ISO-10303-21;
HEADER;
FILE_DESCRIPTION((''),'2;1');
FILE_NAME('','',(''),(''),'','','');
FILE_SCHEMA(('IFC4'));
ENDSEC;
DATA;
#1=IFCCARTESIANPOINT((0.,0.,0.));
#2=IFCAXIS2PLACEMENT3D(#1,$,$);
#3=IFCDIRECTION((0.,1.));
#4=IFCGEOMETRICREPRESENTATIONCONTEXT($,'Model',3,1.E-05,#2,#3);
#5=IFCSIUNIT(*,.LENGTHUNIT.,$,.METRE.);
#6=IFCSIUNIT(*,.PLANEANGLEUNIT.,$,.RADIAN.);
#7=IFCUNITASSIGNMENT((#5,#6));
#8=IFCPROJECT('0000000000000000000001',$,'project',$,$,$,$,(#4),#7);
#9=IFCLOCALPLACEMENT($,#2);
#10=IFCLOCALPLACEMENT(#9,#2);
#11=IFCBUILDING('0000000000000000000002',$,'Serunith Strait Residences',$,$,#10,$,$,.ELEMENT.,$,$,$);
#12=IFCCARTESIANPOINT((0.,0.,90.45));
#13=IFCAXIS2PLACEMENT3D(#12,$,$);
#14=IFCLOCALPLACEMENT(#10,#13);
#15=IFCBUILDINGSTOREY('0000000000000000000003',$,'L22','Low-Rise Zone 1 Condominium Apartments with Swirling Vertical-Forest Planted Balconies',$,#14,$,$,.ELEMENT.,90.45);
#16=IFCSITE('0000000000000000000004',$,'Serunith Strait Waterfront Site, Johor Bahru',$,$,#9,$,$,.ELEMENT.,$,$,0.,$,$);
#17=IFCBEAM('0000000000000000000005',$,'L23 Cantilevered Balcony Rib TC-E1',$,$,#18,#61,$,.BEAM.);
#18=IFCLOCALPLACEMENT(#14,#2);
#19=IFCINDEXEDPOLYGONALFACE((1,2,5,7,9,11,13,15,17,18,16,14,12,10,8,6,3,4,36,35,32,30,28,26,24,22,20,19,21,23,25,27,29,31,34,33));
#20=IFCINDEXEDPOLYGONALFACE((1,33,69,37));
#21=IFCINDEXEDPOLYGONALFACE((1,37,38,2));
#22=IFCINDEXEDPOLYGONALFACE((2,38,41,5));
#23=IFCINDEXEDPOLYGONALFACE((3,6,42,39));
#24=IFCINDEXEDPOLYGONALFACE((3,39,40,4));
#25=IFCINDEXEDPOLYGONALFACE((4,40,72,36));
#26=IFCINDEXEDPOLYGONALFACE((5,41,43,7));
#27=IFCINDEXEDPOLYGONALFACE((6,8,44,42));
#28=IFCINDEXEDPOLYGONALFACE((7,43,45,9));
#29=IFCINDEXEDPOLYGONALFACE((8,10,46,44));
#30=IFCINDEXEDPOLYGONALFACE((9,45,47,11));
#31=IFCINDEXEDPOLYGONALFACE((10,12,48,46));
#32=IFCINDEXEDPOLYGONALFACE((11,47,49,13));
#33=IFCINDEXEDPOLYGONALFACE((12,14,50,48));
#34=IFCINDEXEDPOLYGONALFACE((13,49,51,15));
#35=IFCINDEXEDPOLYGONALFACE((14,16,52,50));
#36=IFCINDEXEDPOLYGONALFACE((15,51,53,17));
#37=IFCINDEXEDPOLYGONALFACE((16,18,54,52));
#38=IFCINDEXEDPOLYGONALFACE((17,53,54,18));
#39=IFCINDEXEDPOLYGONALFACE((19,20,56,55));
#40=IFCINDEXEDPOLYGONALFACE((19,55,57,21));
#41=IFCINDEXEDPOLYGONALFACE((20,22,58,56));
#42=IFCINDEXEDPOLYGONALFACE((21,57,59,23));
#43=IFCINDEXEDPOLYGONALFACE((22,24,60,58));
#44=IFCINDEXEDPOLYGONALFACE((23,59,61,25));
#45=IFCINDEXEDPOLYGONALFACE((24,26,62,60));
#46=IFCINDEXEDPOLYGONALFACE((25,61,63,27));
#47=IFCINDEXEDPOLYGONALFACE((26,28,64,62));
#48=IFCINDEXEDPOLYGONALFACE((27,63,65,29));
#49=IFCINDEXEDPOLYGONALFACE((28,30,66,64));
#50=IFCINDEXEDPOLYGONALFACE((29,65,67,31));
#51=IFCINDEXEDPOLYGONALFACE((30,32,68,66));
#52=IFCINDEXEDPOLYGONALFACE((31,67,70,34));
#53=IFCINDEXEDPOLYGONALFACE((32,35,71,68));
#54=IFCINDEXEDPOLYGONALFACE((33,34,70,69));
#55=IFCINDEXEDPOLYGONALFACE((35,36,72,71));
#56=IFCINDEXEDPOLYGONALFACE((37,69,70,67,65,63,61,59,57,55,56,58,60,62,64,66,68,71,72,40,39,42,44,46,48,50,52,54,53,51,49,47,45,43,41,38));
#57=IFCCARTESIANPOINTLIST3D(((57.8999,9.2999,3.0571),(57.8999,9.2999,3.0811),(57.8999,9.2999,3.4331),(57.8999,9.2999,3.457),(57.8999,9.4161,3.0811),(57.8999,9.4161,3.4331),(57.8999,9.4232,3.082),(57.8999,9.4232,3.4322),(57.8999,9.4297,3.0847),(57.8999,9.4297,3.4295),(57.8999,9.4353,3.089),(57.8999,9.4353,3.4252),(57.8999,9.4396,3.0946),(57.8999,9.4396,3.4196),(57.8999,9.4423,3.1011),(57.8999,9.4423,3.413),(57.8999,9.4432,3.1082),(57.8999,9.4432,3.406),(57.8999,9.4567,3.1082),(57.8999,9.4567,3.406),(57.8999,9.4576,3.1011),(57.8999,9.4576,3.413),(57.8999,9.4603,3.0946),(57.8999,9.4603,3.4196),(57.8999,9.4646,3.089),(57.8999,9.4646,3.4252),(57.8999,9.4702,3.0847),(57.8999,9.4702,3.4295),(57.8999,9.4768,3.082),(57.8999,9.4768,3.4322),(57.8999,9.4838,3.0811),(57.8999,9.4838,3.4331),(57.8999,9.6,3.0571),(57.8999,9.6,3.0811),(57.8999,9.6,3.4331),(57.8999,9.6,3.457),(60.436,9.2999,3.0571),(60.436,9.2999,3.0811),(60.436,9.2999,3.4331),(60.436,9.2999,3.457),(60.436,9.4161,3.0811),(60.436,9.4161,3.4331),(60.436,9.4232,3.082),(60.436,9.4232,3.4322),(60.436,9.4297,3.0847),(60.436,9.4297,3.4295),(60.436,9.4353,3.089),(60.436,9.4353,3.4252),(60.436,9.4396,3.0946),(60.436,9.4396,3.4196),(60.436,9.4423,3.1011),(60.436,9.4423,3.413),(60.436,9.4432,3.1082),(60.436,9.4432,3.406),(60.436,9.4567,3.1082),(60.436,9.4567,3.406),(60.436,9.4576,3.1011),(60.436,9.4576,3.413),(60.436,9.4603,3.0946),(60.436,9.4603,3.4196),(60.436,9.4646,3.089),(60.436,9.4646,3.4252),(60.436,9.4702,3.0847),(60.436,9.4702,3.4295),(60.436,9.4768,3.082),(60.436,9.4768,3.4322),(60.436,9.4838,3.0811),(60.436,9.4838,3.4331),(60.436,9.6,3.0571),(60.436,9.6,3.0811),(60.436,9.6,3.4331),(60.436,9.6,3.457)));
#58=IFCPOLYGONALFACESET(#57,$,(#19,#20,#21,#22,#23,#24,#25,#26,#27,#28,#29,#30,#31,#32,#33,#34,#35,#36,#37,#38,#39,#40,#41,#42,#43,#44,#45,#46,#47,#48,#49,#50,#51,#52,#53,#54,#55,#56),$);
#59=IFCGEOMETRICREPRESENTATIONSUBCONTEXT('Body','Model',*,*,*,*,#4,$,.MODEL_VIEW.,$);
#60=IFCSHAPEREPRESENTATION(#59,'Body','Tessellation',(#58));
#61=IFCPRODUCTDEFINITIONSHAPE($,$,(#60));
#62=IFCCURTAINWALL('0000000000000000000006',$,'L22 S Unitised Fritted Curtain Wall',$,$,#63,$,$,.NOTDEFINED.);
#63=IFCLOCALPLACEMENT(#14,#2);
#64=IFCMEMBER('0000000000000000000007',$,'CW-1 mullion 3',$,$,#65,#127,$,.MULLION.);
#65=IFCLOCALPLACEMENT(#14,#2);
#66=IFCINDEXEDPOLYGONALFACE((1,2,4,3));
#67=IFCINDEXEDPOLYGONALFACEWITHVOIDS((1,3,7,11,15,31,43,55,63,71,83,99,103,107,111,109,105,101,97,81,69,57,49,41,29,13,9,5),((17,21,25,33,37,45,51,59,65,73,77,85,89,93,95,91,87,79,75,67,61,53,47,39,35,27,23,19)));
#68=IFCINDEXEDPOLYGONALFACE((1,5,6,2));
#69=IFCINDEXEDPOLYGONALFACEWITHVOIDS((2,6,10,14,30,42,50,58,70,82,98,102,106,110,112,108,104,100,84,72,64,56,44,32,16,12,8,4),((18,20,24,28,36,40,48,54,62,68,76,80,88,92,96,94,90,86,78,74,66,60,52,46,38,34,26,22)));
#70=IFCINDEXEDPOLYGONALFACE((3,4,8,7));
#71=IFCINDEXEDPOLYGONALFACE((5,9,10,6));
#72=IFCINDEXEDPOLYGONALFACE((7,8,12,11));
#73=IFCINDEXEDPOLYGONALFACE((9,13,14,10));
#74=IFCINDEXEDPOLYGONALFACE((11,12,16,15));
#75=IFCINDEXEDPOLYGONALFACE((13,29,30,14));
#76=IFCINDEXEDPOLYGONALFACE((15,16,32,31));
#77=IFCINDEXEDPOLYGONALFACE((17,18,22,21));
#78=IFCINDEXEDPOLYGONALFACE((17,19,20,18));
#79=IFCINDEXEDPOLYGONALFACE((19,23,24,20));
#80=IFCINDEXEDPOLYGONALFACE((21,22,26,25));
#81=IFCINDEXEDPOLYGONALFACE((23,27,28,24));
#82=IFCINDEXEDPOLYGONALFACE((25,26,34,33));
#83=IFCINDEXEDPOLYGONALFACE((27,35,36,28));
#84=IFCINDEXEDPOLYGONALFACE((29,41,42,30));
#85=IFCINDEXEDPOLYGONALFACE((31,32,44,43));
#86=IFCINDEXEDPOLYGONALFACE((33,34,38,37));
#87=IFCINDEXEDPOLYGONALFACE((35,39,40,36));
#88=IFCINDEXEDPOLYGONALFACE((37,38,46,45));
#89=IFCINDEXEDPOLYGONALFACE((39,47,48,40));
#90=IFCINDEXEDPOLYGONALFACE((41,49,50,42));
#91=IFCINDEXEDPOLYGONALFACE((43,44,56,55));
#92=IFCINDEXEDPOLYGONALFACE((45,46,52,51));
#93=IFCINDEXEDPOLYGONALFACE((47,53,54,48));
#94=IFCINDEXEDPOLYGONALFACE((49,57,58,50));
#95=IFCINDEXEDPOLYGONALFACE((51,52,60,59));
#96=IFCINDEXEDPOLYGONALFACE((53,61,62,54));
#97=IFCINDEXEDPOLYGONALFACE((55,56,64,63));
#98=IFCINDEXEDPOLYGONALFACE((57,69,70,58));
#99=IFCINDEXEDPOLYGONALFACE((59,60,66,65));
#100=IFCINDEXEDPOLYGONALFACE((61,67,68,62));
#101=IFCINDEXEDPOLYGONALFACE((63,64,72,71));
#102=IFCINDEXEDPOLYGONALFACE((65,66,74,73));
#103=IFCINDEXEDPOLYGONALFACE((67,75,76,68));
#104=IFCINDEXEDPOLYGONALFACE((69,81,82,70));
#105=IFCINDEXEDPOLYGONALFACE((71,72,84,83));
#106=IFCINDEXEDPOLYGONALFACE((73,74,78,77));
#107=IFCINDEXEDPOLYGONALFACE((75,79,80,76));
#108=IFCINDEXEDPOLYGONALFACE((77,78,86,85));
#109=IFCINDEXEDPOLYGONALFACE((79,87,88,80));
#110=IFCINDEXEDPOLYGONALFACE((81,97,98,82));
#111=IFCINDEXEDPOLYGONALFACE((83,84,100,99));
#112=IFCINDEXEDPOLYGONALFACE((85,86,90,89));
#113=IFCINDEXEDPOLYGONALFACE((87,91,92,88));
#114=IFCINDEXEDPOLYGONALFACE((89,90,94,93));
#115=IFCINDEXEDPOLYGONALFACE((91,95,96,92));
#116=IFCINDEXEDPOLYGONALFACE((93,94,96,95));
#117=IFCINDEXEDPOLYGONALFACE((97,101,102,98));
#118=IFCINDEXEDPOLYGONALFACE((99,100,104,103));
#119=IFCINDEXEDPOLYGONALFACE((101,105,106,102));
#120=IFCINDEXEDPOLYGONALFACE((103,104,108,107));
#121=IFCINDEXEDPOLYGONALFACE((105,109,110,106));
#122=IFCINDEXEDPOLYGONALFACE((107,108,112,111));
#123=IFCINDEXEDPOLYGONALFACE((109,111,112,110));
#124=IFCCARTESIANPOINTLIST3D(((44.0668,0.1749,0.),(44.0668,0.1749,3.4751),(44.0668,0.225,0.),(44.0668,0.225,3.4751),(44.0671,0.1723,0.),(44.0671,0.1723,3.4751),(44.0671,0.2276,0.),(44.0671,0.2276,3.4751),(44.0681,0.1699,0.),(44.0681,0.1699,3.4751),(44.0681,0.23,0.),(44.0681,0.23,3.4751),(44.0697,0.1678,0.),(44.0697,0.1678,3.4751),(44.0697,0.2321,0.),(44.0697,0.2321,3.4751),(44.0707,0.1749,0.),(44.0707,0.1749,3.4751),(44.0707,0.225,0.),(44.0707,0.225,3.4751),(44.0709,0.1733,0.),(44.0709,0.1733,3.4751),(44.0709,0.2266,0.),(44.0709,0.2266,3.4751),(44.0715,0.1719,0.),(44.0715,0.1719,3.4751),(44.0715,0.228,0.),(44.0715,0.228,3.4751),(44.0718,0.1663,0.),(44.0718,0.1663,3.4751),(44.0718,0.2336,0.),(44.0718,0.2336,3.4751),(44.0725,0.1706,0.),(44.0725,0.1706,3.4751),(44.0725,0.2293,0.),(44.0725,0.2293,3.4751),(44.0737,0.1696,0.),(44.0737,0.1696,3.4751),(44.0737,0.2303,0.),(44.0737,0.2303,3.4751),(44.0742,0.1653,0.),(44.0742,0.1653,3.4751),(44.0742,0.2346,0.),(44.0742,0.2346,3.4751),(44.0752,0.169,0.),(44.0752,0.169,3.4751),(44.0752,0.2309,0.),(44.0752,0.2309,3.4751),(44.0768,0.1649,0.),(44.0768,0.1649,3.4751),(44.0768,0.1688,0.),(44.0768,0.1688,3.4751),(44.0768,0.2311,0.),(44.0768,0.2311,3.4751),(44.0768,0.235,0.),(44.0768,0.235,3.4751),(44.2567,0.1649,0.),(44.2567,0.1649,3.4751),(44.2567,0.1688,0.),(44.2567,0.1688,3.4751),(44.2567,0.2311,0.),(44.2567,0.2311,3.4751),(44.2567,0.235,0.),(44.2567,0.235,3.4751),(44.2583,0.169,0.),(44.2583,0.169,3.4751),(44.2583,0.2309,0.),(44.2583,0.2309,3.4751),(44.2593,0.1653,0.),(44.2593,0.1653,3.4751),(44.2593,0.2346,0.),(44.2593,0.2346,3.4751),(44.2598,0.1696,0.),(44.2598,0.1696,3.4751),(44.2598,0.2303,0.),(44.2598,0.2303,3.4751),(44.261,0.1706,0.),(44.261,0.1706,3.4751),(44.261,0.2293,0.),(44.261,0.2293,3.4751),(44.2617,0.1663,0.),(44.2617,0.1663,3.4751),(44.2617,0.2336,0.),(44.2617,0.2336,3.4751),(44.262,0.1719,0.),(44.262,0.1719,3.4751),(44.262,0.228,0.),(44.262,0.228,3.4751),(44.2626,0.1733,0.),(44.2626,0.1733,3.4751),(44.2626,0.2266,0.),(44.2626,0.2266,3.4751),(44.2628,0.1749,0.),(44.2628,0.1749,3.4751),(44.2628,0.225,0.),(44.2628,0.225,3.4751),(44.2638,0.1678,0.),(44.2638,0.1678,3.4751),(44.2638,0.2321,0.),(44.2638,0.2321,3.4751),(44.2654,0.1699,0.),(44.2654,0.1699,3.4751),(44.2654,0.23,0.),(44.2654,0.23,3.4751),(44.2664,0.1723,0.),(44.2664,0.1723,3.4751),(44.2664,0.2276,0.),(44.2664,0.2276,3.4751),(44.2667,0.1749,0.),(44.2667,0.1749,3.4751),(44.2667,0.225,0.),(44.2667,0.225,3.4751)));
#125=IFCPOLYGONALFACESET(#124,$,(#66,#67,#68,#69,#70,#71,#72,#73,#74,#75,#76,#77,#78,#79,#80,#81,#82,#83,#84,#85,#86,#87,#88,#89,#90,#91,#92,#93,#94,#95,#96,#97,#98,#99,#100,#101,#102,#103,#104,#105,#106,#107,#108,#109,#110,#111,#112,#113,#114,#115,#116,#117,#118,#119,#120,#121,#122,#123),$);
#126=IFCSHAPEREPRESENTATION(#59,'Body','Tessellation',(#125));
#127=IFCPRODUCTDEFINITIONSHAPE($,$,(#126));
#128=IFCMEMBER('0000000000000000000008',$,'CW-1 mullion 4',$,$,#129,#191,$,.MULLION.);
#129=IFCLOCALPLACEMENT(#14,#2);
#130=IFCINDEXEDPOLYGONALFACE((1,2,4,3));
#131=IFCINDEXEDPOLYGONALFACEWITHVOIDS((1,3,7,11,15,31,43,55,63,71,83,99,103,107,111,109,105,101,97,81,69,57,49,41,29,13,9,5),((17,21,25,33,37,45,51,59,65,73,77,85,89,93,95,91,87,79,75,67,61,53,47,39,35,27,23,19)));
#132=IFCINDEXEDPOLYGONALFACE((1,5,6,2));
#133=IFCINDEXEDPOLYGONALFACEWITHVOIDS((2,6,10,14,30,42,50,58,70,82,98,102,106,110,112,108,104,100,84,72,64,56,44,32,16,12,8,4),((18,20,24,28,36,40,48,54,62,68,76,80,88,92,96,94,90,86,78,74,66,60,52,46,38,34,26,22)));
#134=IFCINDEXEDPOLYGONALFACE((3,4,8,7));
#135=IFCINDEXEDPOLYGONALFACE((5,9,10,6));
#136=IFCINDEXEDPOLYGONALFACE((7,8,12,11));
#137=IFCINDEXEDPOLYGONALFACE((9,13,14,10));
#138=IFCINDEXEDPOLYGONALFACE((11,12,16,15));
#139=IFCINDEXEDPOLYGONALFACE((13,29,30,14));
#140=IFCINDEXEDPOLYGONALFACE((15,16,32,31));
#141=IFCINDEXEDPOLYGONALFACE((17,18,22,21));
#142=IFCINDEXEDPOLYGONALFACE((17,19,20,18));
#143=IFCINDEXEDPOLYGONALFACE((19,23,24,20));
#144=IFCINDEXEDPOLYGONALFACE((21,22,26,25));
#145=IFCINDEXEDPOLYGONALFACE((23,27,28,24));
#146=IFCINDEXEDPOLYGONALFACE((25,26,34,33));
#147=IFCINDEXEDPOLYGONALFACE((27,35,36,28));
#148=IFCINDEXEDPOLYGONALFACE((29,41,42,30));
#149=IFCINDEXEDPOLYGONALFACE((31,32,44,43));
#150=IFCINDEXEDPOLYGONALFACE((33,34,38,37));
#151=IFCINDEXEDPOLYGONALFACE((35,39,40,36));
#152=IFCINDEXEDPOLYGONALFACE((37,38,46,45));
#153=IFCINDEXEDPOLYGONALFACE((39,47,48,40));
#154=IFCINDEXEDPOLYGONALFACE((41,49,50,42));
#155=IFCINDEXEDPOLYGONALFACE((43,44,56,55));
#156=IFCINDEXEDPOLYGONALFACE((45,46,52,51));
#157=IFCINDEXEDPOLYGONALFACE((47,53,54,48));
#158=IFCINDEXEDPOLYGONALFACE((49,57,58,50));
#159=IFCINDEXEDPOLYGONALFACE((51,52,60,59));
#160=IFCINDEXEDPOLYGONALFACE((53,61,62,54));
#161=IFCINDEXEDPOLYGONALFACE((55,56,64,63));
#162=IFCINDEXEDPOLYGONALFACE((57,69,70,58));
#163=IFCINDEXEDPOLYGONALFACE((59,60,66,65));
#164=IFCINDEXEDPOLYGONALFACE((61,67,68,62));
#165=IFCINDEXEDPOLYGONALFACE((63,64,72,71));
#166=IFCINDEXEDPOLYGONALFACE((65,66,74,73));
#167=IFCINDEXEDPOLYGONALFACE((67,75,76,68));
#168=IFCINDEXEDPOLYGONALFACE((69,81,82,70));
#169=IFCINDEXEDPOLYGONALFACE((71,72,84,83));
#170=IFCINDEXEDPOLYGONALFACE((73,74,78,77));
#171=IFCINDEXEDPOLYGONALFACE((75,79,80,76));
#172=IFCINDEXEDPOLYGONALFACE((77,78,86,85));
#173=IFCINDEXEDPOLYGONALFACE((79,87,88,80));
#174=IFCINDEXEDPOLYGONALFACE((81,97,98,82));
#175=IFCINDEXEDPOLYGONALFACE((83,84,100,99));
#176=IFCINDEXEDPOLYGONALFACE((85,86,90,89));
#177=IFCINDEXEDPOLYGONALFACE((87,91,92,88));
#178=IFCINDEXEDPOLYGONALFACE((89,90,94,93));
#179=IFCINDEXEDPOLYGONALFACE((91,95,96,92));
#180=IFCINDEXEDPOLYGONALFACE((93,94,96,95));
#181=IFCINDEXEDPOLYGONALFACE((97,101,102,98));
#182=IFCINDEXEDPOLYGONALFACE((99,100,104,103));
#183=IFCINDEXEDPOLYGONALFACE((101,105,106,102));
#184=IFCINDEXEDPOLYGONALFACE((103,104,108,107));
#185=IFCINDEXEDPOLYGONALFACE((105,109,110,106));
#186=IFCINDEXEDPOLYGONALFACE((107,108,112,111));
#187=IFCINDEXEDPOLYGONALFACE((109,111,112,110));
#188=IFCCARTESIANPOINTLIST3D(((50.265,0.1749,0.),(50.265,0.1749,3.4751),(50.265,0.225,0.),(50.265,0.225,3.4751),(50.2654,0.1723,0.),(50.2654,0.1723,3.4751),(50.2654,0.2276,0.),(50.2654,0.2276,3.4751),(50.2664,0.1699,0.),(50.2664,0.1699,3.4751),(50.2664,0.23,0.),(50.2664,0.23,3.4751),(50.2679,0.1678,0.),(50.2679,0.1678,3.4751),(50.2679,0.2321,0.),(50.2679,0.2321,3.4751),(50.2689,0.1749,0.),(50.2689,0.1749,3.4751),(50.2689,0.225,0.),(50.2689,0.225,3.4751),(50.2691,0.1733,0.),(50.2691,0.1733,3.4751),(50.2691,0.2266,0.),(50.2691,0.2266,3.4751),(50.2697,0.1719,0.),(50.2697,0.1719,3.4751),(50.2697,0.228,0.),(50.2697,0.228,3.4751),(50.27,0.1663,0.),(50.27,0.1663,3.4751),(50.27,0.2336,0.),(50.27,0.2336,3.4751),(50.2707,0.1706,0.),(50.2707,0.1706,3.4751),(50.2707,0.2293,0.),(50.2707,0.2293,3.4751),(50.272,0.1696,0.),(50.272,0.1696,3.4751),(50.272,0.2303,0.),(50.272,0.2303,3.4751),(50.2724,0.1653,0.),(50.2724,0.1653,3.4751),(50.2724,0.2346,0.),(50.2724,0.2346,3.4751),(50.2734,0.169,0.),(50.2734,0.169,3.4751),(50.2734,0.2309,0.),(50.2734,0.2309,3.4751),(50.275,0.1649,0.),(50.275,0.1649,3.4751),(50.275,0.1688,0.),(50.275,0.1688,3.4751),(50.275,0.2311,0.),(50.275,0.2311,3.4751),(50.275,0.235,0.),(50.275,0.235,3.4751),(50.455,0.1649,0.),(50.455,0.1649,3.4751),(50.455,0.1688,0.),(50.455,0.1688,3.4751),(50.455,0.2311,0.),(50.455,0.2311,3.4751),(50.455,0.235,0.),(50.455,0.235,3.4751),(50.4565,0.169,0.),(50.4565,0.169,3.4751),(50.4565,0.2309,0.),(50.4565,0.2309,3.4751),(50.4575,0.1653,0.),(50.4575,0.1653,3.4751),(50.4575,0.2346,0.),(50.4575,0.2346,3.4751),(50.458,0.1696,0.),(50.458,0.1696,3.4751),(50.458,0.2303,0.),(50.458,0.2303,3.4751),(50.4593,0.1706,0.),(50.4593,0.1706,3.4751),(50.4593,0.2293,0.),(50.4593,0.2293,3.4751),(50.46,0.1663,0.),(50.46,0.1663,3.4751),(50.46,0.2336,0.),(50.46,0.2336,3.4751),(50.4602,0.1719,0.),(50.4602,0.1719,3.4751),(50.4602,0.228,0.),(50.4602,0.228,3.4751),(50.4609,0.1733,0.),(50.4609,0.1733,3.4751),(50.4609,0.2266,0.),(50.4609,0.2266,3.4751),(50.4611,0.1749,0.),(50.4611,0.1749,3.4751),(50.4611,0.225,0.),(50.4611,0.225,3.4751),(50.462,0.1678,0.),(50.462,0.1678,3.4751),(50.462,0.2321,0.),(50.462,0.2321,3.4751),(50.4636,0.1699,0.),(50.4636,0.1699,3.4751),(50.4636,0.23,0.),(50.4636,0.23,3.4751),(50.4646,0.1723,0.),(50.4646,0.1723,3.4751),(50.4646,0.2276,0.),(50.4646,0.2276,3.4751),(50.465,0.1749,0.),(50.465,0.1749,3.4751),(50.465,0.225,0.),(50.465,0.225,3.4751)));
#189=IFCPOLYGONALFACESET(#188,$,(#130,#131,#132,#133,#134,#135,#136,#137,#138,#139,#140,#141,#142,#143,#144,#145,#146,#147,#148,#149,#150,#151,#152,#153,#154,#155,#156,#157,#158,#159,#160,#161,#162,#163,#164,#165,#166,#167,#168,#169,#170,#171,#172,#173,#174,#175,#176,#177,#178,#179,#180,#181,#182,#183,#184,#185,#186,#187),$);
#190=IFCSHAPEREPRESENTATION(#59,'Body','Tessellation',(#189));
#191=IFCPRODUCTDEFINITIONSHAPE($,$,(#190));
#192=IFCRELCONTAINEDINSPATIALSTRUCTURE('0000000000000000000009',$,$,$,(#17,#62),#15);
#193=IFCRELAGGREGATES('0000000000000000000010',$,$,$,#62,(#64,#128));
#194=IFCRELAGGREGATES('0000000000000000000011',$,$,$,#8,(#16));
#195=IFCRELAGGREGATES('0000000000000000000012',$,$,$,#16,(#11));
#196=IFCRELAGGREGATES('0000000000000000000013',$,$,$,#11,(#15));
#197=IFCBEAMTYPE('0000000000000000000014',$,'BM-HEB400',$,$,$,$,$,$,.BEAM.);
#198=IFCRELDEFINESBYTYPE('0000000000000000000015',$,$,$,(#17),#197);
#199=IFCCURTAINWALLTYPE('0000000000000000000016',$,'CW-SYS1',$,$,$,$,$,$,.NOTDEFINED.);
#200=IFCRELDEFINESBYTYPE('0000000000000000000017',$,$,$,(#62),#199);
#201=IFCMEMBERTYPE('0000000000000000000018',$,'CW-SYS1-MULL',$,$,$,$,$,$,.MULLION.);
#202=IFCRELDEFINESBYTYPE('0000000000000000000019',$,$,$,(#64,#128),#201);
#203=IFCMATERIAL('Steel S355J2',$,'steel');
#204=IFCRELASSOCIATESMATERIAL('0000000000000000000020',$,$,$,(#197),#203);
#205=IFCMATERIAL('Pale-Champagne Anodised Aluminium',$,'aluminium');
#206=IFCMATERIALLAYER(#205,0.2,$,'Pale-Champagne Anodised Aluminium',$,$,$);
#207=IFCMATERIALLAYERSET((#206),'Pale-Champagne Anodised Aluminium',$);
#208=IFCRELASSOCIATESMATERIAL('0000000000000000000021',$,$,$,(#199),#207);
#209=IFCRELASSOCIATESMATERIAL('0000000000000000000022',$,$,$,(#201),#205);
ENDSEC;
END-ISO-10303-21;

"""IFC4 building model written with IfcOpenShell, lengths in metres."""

from ifc_helpers import new_model, si_unit, direction, frame, origin, origin_2d, place, context, subcontext, project, spatial, hollow_rectangle, i_section, extrude, source, transform, mapped, material, layer, layer_set, material_profile, profile_set, type_object, element, aggregate, save


model = new_model("IFC4")

# Units and contexts
model_context = context("Model", 3, precision=1e-05, world=origin(), true_north=direction((0.0, 1.0)))
body_context = subcontext(model_context, "Body", "Model", "MODEL_VIEW")
ifc_project = project(units=[si_unit("LENGTHUNIT", "METRE"), si_unit("PLANEANGLEUNIT", "RADIAN")], contexts=[model_context])

# Site, building, storey
site_placement = place(None, origin())
site = spatial("IfcSite", under=ifc_project, at=site_placement, Name="Serunith Strait Waterfront Site, Johor Bahru", CompositionType="ELEMENT", RefElevation=0.0)
building_placement = place(site_placement, origin())
building = spatial("IfcBuilding", under=site, at=building_placement, Name="Serunith Strait Residences", CompositionType="ELEMENT")
storey_placement = place(building_placement, frame((0.0, 0.0, 90.45)))
storey = spatial("IfcBuildingStorey", under=building, at=storey_placement, Name="L22", Description="Low-Rise Zone 1 Condominium Apartments with Swirling Vertical-Forest Planted Balconies", CompositionType="ELEMENT", Elevation=90.45)

# Beam
ifc_material_1 = material(Name="Steel S355J2", Category="steel")
ifc_material_profile_1 = material_profile(ifc_material_1, i_section(OverallWidth=0.3, OverallDepth=0.3999, WebThickness=0.0134, FlangeThickness=0.0239, FilletRadius=0.0271, at=origin_2d()), Name="HEB 400")
ifc_profile_set_1 = profile_set([ifc_material_profile_1], Name="Steel S355J2")
beam_type_1 = type_object("IfcBeamType", Name="BM-HEB400", PredefinedType="BEAM", material=ifc_profile_set_1)
shared_shape_1 = source(origin(), body_context, "Body", "SweptSolid", [
    extrude(i_section(OverallWidth=0.3, OverallDepth=0.3999, WebThickness=0.0134, FlangeThickness=0.0239, FilletRadius=0.0271, at=origin_2d()), origin(), (0.0, 0.0, 1.0), 2.5361),
])
beam_1_placement = place(storey_placement, frame((57.8999, 9.45, 3.2571), z_axis=(1.0, 0.0, 0.0), x_axis=(0.0, 1.0, 0.0)))
element("IfcBeam", 1, at=beam_1_placement, inside=storey, type_object=beam_type_1, Name="L23 Cantilevered Balcony Rib TC-E1", PredefinedType="BEAM", context=body_context, shape_type="MappedRepresentation", body=[
    mapped(shared_shape_1, transform((0.0, 0.0, 0.0), scale=1.0)),
])

# Curtain wall, members
ifc_material_2 = material(Name="Pale-Champagne Anodised Aluminium", Category="aluminium")
ifc_layer_1 = layer(ifc_material_2, 0.2, Name="Pale-Champagne Anodised Aluminium")
ifc_layer_set_1 = layer_set([ifc_layer_1], Name="Pale-Champagne Anodised Aluminium")
curtain_wall_type = type_object("IfcCurtainWallType", Name="CW-SYS1", PredefinedType="NOTDEFINED", material=ifc_layer_set_1)
curtain_wall_1_placement = place(storey_placement, origin())
curtain_wall_1 = element("IfcCurtainWall", 2, at=curtain_wall_1_placement, inside=storey, type_object=curtain_wall_type, Name="L22 S Unitised Fritted Curtain Wall", PredefinedType="NOTDEFINED")
ifc_material_profile_2 = material_profile(ifc_material_2, hollow_rectangle(XDim=0.0701, YDim=0.2, WallThickness=0.0039, InnerFilletRadius=0.0061, OuterFilletRadius=0.01, at=origin_2d()), Name="ALU 200x70x4")
ifc_profile_set_2 = profile_set([ifc_material_profile_2], Name="Pale-Champagne Anodised Aluminium")
member_type_1 = type_object("IfcMemberType", Name="CW-SYS1-MULL", PredefinedType="MULLION", material=ifc_profile_set_2)
shared_shape_2 = source(origin(), body_context, "Body", "SweptSolid", [
    extrude(hollow_rectangle(XDim=0.0701, YDim=0.2, WallThickness=0.0039, InnerFilletRadius=0.0061, OuterFilletRadius=0.01, at=origin_2d()), origin(), (0.0, 0.0, 1.0), 3.4751),
])
member_1_placement = place(storey_placement, frame((44.1667, 0.2, 0.0), z_axis=(0.0, 0.0, 1.0), x_axis=(0.0, 1.0, 0.0)))
member_1 = element("IfcMember", 3, at=member_1_placement, type_object=member_type_1, Name="CW-1 mullion 3", PredefinedType="MULLION", context=body_context, shape_type="MappedRepresentation", body=[
    mapped(shared_shape_2, transform((0.0, 0.0, 0.0), scale=1.0)),
])
member_2_placement = place(storey_placement, frame((50.365, 0.2, 0.0), z_axis=(0.0, 0.0, 1.0), x_axis=(0.0, 1.0, 0.0)))
member_2 = element("IfcMember", 4, at=member_2_placement, type_object=member_type_1, Name="CW-1 mullion 4", PredefinedType="MULLION", context=body_context, shape_type="MappedRepresentation", body=[
    mapped(shared_shape_2, transform((0.0, 0.0, 0.0), scale=1.0)),
])

aggregate(curtain_wall_1, [member_1, member_2])

save(model, "model.ifc")
